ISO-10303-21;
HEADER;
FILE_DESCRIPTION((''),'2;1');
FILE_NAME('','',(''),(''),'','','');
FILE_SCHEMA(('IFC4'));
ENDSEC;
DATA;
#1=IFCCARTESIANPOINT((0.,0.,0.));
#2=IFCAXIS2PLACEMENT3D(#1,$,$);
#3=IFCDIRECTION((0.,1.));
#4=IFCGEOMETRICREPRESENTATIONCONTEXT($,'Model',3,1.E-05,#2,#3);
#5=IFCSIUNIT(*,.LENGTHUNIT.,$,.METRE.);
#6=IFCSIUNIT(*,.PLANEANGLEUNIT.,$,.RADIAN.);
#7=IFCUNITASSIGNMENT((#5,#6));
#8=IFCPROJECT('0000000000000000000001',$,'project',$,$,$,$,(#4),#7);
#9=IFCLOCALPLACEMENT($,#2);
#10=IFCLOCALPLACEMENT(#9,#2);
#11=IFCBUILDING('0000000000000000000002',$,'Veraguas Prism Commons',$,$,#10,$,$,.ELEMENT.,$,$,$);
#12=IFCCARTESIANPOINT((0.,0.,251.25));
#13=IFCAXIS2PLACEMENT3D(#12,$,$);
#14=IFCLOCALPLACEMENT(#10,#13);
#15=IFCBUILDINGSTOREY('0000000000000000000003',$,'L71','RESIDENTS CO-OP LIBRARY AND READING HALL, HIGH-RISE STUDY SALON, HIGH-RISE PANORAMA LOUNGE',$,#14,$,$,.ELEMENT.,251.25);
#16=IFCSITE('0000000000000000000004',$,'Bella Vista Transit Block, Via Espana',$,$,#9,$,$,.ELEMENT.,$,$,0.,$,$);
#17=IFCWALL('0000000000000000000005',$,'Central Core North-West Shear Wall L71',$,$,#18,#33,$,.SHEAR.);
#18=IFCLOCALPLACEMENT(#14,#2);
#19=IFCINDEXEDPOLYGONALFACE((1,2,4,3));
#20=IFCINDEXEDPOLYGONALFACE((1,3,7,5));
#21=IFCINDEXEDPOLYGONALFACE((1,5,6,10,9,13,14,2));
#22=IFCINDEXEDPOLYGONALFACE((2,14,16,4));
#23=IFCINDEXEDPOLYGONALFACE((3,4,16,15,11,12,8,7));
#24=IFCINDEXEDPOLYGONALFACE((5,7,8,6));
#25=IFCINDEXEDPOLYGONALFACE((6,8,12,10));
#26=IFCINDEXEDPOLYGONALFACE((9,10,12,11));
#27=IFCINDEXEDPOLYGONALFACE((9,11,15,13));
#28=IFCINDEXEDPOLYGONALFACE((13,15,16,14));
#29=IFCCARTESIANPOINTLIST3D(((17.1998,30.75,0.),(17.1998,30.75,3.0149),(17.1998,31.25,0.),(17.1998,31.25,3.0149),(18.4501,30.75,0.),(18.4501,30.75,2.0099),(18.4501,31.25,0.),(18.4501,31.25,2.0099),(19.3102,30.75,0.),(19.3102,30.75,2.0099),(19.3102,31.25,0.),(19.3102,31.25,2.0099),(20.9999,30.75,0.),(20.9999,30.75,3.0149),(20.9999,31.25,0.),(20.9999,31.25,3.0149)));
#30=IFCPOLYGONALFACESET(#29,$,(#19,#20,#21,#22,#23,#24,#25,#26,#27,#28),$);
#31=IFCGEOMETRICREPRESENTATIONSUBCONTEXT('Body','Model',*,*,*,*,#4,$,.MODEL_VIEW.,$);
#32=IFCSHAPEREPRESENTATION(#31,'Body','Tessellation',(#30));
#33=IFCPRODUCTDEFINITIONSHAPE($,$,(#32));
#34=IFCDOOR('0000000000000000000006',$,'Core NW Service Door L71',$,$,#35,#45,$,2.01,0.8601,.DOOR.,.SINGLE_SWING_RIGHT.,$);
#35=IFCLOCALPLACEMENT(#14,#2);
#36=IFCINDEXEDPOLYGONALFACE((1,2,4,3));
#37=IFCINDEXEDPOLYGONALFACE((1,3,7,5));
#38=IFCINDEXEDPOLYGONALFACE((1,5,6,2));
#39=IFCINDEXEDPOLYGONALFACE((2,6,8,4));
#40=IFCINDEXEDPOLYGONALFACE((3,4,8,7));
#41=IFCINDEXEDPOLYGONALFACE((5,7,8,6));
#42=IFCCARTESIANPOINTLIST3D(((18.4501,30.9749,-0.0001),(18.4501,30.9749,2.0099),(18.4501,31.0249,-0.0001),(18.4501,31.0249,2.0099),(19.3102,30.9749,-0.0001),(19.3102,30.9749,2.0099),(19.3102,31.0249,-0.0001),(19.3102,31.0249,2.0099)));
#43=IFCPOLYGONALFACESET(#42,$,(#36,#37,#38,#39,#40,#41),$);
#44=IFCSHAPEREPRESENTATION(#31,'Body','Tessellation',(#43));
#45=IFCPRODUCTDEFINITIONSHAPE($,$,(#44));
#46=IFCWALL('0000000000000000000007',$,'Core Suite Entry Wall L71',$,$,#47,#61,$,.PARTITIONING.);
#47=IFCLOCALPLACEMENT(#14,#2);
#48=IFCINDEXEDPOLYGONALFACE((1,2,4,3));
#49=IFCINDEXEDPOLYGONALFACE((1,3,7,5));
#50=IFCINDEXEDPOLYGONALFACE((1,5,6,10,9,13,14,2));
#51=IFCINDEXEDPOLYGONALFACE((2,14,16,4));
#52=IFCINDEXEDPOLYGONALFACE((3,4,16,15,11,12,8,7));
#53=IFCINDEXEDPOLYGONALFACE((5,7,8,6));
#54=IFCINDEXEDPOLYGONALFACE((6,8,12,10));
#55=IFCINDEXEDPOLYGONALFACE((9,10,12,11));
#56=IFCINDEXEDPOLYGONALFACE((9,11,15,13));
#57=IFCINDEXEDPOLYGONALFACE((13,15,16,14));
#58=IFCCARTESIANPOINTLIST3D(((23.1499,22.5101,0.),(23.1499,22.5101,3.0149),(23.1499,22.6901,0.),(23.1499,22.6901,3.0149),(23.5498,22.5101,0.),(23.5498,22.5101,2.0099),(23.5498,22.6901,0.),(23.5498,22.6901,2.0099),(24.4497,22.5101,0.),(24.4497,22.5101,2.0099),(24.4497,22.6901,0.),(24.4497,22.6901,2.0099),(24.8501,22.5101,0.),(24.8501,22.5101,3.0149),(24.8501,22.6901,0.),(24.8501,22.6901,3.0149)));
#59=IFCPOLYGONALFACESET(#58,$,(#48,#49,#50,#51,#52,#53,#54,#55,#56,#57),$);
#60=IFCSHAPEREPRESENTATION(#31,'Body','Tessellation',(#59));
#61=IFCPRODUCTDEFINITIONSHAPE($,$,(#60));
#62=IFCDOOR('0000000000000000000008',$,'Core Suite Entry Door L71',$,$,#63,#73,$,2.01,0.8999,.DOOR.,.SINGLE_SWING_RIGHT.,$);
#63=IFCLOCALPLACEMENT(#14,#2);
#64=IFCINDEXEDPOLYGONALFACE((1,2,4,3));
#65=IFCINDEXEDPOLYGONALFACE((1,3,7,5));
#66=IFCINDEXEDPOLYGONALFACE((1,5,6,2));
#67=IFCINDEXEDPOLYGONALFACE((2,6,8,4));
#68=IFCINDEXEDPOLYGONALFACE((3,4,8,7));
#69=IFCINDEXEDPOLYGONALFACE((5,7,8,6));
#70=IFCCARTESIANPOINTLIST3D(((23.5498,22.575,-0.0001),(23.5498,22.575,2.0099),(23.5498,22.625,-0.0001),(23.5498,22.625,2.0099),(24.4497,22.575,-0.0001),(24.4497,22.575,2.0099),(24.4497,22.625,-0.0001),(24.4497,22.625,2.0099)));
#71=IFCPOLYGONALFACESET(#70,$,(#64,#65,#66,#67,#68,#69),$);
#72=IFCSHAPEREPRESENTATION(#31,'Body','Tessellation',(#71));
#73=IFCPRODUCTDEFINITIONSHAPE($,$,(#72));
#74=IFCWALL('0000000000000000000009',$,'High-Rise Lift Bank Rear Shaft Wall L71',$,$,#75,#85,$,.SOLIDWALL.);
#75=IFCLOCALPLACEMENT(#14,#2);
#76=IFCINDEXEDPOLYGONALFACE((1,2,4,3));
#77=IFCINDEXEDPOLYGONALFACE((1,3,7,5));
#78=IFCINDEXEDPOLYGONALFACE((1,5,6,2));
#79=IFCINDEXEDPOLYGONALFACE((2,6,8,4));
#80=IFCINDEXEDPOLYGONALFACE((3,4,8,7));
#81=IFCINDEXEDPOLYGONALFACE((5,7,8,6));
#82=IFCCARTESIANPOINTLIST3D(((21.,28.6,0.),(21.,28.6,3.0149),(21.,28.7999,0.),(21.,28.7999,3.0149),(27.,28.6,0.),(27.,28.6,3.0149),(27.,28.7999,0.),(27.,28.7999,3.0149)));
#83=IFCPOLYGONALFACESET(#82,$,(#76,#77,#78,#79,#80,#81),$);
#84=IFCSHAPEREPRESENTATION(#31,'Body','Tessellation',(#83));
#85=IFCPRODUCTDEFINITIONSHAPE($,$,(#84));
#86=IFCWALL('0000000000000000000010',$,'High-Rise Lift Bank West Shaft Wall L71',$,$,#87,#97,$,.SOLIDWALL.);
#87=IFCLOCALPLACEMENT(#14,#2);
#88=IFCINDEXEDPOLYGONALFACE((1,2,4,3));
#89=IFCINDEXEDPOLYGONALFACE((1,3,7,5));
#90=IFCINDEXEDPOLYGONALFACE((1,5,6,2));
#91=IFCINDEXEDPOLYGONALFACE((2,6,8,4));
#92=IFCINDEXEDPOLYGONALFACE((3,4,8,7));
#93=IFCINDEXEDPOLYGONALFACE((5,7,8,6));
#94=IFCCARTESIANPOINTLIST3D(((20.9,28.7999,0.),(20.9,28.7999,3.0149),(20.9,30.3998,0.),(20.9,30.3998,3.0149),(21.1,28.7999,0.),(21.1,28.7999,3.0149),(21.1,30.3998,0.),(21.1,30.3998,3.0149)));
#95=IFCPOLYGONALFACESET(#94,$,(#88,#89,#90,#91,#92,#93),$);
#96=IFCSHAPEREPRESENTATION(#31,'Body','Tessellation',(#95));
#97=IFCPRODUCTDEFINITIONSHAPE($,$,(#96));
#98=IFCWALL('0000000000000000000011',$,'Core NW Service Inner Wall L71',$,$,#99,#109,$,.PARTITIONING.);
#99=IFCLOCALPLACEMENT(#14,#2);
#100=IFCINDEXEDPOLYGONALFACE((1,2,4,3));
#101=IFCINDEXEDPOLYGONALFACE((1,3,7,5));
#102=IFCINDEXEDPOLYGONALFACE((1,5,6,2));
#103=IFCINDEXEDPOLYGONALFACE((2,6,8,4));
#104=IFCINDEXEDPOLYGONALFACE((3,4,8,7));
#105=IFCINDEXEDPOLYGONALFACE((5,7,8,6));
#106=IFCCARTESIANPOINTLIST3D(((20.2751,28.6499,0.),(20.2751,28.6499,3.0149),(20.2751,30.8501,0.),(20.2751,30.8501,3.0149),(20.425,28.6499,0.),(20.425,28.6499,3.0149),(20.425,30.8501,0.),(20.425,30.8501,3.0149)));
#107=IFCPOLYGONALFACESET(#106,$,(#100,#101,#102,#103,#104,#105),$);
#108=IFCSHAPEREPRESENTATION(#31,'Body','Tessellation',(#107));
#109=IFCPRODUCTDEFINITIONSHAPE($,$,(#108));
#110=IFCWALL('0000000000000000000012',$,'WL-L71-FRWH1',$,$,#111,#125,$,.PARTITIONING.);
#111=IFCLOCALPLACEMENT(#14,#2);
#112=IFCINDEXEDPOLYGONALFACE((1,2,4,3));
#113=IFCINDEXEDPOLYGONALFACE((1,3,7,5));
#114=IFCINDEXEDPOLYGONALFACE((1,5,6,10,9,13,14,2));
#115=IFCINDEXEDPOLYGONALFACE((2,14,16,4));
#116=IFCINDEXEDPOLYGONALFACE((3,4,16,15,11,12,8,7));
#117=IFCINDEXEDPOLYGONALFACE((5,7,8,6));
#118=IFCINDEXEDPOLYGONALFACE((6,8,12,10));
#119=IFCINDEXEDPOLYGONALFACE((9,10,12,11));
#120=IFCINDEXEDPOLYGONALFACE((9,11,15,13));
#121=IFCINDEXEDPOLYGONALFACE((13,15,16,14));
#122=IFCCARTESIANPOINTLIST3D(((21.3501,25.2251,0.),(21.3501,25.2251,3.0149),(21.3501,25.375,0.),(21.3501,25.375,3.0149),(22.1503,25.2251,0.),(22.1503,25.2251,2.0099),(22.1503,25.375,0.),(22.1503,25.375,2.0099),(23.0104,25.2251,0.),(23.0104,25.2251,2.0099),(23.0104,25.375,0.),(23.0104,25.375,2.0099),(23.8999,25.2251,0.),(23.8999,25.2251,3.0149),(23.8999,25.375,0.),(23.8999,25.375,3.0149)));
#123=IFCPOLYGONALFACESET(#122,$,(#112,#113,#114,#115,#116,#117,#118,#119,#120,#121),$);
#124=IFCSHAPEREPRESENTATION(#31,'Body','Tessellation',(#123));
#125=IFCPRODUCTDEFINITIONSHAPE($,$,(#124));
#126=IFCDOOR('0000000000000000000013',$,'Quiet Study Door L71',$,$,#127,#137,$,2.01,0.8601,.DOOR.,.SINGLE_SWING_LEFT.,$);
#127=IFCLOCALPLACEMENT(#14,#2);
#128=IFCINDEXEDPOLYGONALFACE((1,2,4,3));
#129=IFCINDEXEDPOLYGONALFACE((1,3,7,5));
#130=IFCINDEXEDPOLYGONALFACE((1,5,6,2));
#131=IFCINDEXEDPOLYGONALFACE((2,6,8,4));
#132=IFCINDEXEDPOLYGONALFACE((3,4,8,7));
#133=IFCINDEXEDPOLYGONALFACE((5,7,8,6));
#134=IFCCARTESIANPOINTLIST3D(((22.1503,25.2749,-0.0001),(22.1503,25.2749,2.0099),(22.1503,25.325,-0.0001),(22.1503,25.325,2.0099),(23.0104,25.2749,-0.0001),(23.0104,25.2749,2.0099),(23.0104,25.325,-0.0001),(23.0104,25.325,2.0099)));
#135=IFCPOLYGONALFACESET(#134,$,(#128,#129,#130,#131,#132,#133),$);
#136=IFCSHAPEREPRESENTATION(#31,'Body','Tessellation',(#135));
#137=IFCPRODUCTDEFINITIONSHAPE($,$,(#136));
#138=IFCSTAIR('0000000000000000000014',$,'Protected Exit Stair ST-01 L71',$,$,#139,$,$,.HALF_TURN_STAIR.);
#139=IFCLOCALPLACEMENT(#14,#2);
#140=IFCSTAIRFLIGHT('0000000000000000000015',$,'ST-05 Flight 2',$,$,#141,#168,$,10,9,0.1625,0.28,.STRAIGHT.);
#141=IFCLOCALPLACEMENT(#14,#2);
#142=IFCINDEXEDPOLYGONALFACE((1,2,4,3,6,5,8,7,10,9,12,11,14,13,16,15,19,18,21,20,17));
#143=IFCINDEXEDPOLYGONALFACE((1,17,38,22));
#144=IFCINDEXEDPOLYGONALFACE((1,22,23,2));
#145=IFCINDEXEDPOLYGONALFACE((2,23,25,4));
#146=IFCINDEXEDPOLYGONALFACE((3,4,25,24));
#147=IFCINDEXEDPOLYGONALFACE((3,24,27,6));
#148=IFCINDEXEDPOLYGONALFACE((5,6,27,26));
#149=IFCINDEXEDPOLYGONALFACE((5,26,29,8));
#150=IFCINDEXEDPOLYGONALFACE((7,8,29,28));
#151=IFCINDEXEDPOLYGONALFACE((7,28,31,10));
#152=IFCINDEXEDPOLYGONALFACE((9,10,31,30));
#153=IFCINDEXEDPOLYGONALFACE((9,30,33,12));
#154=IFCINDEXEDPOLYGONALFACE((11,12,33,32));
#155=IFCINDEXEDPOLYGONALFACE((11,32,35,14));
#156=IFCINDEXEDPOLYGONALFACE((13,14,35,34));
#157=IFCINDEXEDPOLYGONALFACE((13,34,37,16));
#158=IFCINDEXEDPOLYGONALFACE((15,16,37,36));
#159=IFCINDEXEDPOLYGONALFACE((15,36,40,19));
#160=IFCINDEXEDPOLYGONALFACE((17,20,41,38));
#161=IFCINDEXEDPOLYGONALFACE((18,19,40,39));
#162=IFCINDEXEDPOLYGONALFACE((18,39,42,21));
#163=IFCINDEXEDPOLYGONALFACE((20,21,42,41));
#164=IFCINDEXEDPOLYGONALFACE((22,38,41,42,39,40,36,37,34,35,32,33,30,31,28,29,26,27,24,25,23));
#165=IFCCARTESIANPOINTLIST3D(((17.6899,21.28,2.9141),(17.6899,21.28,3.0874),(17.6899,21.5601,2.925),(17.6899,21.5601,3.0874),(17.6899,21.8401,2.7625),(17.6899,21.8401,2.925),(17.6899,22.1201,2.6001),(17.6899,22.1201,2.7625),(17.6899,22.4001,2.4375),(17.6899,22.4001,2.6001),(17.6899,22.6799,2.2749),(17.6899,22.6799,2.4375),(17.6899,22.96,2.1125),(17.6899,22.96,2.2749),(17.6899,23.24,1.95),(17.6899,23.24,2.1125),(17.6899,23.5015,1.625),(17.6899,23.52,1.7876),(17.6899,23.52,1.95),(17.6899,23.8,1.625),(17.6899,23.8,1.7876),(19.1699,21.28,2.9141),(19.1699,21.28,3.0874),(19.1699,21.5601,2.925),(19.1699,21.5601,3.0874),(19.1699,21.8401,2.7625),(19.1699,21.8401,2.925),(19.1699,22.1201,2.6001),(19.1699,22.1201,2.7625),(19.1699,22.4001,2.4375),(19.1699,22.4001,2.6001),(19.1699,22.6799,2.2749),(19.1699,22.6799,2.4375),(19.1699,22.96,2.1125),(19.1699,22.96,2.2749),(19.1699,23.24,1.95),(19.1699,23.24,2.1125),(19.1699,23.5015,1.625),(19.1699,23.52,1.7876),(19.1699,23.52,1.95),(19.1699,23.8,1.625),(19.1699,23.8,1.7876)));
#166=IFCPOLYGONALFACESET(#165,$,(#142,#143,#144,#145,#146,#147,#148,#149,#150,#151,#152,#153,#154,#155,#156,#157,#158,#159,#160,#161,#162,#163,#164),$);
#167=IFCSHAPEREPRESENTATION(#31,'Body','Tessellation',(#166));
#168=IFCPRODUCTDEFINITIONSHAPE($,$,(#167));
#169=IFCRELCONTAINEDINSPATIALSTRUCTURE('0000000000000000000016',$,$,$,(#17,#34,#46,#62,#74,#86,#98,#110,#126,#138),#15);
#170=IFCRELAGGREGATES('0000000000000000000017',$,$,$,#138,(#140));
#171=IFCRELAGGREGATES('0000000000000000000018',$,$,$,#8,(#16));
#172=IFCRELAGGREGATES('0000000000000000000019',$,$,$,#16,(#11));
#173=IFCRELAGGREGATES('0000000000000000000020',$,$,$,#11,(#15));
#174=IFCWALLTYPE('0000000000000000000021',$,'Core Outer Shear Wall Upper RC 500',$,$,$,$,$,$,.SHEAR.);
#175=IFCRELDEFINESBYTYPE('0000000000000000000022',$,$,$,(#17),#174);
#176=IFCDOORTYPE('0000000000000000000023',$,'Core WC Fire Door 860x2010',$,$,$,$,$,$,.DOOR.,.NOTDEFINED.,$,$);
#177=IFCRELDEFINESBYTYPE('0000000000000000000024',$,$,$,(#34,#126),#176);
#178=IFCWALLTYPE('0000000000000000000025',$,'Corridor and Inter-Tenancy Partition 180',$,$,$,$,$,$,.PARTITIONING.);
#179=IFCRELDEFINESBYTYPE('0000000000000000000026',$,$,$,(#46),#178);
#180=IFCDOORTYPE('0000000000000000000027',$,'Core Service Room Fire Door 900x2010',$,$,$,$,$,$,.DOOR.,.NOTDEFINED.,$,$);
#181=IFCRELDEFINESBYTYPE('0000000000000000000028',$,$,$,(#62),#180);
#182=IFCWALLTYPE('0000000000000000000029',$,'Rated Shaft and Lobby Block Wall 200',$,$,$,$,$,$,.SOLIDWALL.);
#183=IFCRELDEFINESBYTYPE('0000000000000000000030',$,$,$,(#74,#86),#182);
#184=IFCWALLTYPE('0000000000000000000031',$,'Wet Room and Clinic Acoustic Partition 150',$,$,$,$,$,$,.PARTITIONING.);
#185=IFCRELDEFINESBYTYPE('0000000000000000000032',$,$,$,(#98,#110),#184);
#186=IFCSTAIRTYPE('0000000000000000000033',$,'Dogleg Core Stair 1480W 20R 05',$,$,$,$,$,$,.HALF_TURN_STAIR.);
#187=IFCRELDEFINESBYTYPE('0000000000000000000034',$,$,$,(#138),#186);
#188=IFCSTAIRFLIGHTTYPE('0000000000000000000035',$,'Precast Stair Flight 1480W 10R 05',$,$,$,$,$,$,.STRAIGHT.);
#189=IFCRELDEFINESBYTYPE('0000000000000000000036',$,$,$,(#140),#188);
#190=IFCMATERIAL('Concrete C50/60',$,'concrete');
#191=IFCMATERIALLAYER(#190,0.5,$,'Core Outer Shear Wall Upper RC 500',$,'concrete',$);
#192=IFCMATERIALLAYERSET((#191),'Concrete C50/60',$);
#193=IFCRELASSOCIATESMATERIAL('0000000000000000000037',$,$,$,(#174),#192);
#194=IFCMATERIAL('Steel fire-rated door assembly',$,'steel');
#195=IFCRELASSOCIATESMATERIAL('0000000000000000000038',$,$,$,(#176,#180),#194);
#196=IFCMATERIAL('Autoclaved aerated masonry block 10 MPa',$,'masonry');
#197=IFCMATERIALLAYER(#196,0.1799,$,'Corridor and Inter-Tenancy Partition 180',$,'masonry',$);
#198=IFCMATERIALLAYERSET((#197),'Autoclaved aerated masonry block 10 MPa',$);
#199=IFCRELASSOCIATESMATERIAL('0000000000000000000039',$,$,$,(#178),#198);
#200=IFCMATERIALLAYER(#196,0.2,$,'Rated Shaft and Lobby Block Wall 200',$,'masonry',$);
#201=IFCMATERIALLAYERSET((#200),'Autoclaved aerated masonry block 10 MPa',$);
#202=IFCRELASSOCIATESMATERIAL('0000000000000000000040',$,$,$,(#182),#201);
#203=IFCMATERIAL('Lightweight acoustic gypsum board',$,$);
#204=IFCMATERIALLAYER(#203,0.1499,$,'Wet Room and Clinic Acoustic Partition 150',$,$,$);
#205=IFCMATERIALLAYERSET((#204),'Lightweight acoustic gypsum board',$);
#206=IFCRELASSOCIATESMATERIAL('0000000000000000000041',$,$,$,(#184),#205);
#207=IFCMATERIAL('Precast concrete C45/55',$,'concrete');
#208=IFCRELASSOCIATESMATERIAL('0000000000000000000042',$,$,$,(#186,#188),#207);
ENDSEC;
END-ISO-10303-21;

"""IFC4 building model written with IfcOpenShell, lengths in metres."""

from ifc_helpers import new_model, si_unit, direction, frame, frame_2d, origin, place, context, subcontext, project, spatial, polyline, rectangle, outline, extrude, source, transform, mapped, material, layer, layer_set, type_object, element, fill, aggregate, save


model = new_model("IFC4")

# Units and contexts
model_context = context("Model", 3, precision=1e-05, world=origin(), true_north=direction((0.0, 1.0)))
body_context = subcontext(model_context, "Body", "Model", "MODEL_VIEW")
ifc_project = project(units=[si_unit("LENGTHUNIT", "METRE"), si_unit("PLANEANGLEUNIT", "RADIAN")], contexts=[model_context])

# Site, building, storey
site_placement = place(None, origin())
site = spatial("IfcSite", under=ifc_project, at=site_placement, Name="Bella Vista Transit Block, Via Espana", CompositionType="ELEMENT", RefElevation=0.0)
building_placement = place(site_placement, origin())
building = spatial("IfcBuilding", under=site, at=building_placement, Name="Veraguas Prism Commons", CompositionType="ELEMENT")
storey_placement = place(building_placement, frame((0.0, 0.0, 251.25)))
storey = spatial("IfcBuildingStorey", under=building, at=storey_placement, Name="L71", Description="RESIDENTS CO-OP LIBRARY AND READING HALL, HIGH-RISE STUDY SALON, HIGH-RISE PANORAMA LOUNGE", CompositionType="ELEMENT", Elevation=251.25)

# Shared definitions
ifc_material_1 = material(Name="Concrete C50/60", Category="concrete")

# Walls, openings, doors
ifc_layer_1 = layer(ifc_material_1, 0.5, Name="Core Outer Shear Wall Upper RC 500", Category="concrete")
ifc_layer_set_1 = layer_set([ifc_layer_1], Name="Concrete C50/60")
wall_type_1 = type_object("IfcWallType", Name="Core Outer Shear Wall Upper RC 500", PredefinedType="SHEAR", material=ifc_layer_set_1)
wall_1_placement = place(storey_placement, frame((17.2, 31.0, 0.0), z_axis=(0.0, 0.0, 1.0), x_axis=(1.0, 0.0, 0.0)))
wall_1 = element("IfcWall", 1, at=wall_1_placement, inside=storey, type_object=wall_type_1, Name="Central Core North-West Shear Wall L71", PredefinedType="SHEAR", context=body_context, shape_type="SweptSolid", body=[
    extrude(rectangle(XDim=3.8, YDim=0.5, at=frame_2d((1.8999, 0.0))), origin(), (0.0, 0.0, 1.0), 3.0149),
])
opening_1_placement = place(wall_1_placement, frame((1.25, 0.0, 0.0)))
opening_1 = element("IfcOpeningElement", 2, at=opening_1_placement, cuts=wall_1, PredefinedType="OPENING", context=body_context, shape_type="SweptSolid", body=[
    extrude(rectangle(XDim=0.8601, YDim=2.01, at=frame_2d((0.4302, 1.0049))), frame((0.0, 0.26, 0.0), z_axis=(0.0, -1.0, 0.0), x_axis=(1.0, 0.0, 0.0)), (0.0, 0.0, 1.0), 0.52),
])
ifc_material_2 = material(Name="Steel fire-rated door assembly", Category="steel")
door_type_1 = type_object("IfcDoorType", Name="Core WC Fire Door 860x2010", OperationType="NOTDEFINED", PredefinedType="DOOR", material=ifc_material_2)
shared_shape_1 = source(origin(), body_context, "Body", "SweptSolid", [
    extrude(rectangle(XDim=0.8601, YDim=2.01, at=frame_2d((0.4302, 1.0049))), frame((0.0, 0.0249, 0.0), z_axis=(0.0, -1.0, 0.0), x_axis=(1.0, 0.0, 0.0)), (0.0, 0.0, 1.0), 0.05),
])
door_1_placement = place(opening_1_placement, origin())
door_1 = element("IfcDoor", 3, at=door_1_placement, inside=storey, type_object=door_type_1, Name="Core NW Service Door L71", OperationType="SINGLE_SWING_RIGHT", OverallHeight=2.01, OverallWidth=0.8601, PredefinedType="DOOR", context=body_context, shape_type="MappedRepresentation", body=[
    mapped(shared_shape_1, transform((0.0, 0.0, 0.0), scale=1.0)),
])
fill(opening_1, door_1)
ifc_material_3 = material(Name="Autoclaved aerated masonry block 10 MPa", Category="masonry")
ifc_layer_2 = layer(ifc_material_3, 0.1799, Name="Corridor and Inter-Tenancy Partition 180", Category="masonry")
ifc_layer_set_2 = layer_set([ifc_layer_2], Name="Autoclaved aerated masonry block 10 MPa")
wall_type_2 = type_object("IfcWallType", Name="Corridor and Inter-Tenancy Partition 180", PredefinedType="PARTITIONING", material=ifc_layer_set_2)
wall_2_placement = place(storey_placement, frame((23.1499, 22.6001, 0.0), z_axis=(0.0, 0.0, 1.0), x_axis=(1.0, 0.0, 0.0)))
wall_2 = element("IfcWall", 4, at=wall_2_placement, inside=storey, type_object=wall_type_2, Name="Core Suite Entry Wall L71", PredefinedType="PARTITIONING", context=body_context, shape_type="SweptSolid", body=[
    extrude(rectangle(XDim=1.7002, YDim=0.1799, at=frame_2d((0.8501, 0.0))), origin(), (0.0, 0.0, 1.0), 3.0149),
])
opening_2_placement = place(wall_2_placement, frame((0.3999, 0.0, 0.0)))
opening_2 = element("IfcOpeningElement", 5, at=opening_2_placement, cuts=wall_2, PredefinedType="OPENING", context=body_context, shape_type="SweptSolid", body=[
    extrude(rectangle(XDim=0.8999, YDim=2.01, at=frame_2d((0.45, 1.0049))), frame((0.0, 0.0999, 0.0), z_axis=(0.0, -1.0, 0.0), x_axis=(1.0, 0.0, 0.0)), (0.0, 0.0, 1.0), 0.2),
])
door_type_2 = type_object("IfcDoorType", Name="Core Service Room Fire Door 900x2010", OperationType="NOTDEFINED", PredefinedType="DOOR", material=ifc_material_2)
shared_shape_2 = source(origin(), body_context, "Body", "SweptSolid", [
    extrude(rectangle(XDim=0.8999, YDim=2.01, at=frame_2d((0.45, 1.0049))), frame((0.0, 0.0249, 0.0), z_axis=(0.0, -1.0, 0.0), x_axis=(1.0, 0.0, 0.0)), (0.0, 0.0, 1.0), 0.05),
])
door_2_placement = place(opening_2_placement, origin())
door_2 = element("IfcDoor", 6, at=door_2_placement, inside=storey, type_object=door_type_2, Name="Core Suite Entry Door L71", OperationType="SINGLE_SWING_RIGHT", OverallHeight=2.01, OverallWidth=0.8999, PredefinedType="DOOR", context=body_context, shape_type="MappedRepresentation", body=[
    mapped(shared_shape_2, transform((0.0, 0.0, 0.0), scale=1.0)),
])
fill(opening_2, door_2)

# Walls
ifc_layer_3 = layer(ifc_material_3, 0.2, Name="Rated Shaft and Lobby Block Wall 200", Category="masonry")
ifc_layer_set_3 = layer_set([ifc_layer_3], Name="Autoclaved aerated masonry block 10 MPa")
wall_type_3 = type_object("IfcWallType", Name="Rated Shaft and Lobby Block Wall 200", PredefinedType="SOLIDWALL", material=ifc_layer_set_3)
wall_3_placement = place(storey_placement, frame((21.0, 28.7, 0.0), z_axis=(0.0, 0.0, 1.0), x_axis=(1.0, 0.0, 0.0)))
element("IfcWall", 7, at=wall_3_placement, inside=storey, type_object=wall_type_3, Name="High-Rise Lift Bank Rear Shaft Wall L71", PredefinedType="SOLIDWALL", context=body_context, shape_type="SweptSolid", body=[
    extrude(rectangle(XDim=6.0, YDim=0.2, at=frame_2d((3.0, 0.0))), origin(), (0.0, 0.0, 1.0), 3.0149),
])
wall_4_placement = place(storey_placement, frame((21.0, 28.8, 0.0), z_axis=(0.0, 0.0, 1.0), x_axis=(0.0, 1.0, 0.0)))
element("IfcWall", 8, at=wall_4_placement, inside=storey, type_object=wall_type_3, Name="High-Rise Lift Bank West Shaft Wall L71", PredefinedType="SOLIDWALL", context=body_context, shape_type="SweptSolid", body=[
    extrude(rectangle(XDim=1.5999, YDim=0.2, at=frame_2d((0.7998, 0.0))), origin(), (0.0, 0.0, 1.0), 3.0149),
])
ifc_material_4 = material(Name="Lightweight acoustic gypsum board")
ifc_layer_4 = layer(ifc_material_4, 0.1499, Name="Wet Room and Clinic Acoustic Partition 150")
ifc_layer_set_4 = layer_set([ifc_layer_4], Name="Lightweight acoustic gypsum board")
wall_type_4 = type_object("IfcWallType", Name="Wet Room and Clinic Acoustic Partition 150", PredefinedType="PARTITIONING", material=ifc_layer_set_4)
wall_5_placement = place(storey_placement, frame((20.3501, 28.6499, 0.0), z_axis=(0.0, 0.0, 1.0), x_axis=(0.0, 1.0, 0.0)))
element("IfcWall", 9, at=wall_5_placement, inside=storey, type_object=wall_type_4, Name="Core NW Service Inner Wall L71", PredefinedType="PARTITIONING", context=body_context, shape_type="SweptSolid", body=[
    extrude(rectangle(XDim=2.2002, YDim=0.1499, at=frame_2d((1.1001, 0.0))), origin(), (0.0, 0.0, 1.0), 3.0149),
])

# Wall, opening, door
wall_6_placement = place(storey_placement, frame((21.3501, 25.3, 0.0), z_axis=(0.0, 0.0, 1.0), x_axis=(1.0, 0.0, 0.0)))
wall_6 = element("IfcWall", 10, at=wall_6_placement, inside=storey, type_object=wall_type_4, Name="WL-L71-FRWH1", PredefinedType="PARTITIONING", context=body_context, shape_type="SweptSolid", body=[
    extrude(rectangle(XDim=2.5498, YDim=0.1499, at=frame_2d((1.2749, 0.0))), origin(), (0.0, 0.0, 1.0), 3.0149),
])
opening_3_placement = place(wall_6_placement, frame((0.8, 0.0, 0.0)))
opening_3 = element("IfcOpeningElement", 11, at=opening_3_placement, cuts=wall_6, PredefinedType="OPENING", context=body_context, shape_type="SweptSolid", body=[
    extrude(rectangle(XDim=0.8601, YDim=2.01, at=frame_2d((0.4302, 1.0049))), frame((0.0, 0.085, 0.0), z_axis=(0.0, -1.0, 0.0), x_axis=(1.0, 0.0, 0.0)), (0.0, 0.0, 1.0), 0.1699),
])
door_3_placement = place(opening_3_placement, origin())
door_3 = element("IfcDoor", 12, at=door_3_placement, inside=storey, type_object=door_type_1, Name="Quiet Study Door L71", OperationType="SINGLE_SWING_LEFT", OverallHeight=2.01, OverallWidth=0.8601, PredefinedType="DOOR", context=body_context, shape_type="MappedRepresentation", body=[
    mapped(shared_shape_1, transform((0.0, 0.0, 0.0), scale=1.0)),
])
fill(opening_3, door_3)

# Stair, stair flight
ifc_material_5 = material(Name="Precast concrete C45/55", Category="concrete")
stair_type = type_object("IfcStairType", Name="Dogleg Core Stair 1480W 20R 05", PredefinedType="HALF_TURN_STAIR", material=ifc_material_5)
stair_placement = place(storey_placement, origin())
stair = element("IfcStair", 13, at=stair_placement, inside=storey, type_object=stair_type, Name="Protected Exit Stair ST-01 L71", PredefinedType="HALF_TURN_STAIR")
stair_flight_type = type_object("IfcStairFlightType", Name="Precast Stair Flight 1480W 10R 05", PredefinedType="STRAIGHT", material=ifc_material_5)
stair_flight_placement = place(storey_placement, frame((18.4299, 23.8, 1.625), z_axis=(0.0, 0.0, 1.0), x_axis=(0.0, -1.0, 0.0)))
stair_flight = element("IfcStairFlight", 14, at=stair_flight_placement, type_object=stair_flight_type, Name="ST-05 Flight 2", NumberOfRisers=10, NumberOfTreads=9, PredefinedType="STRAIGHT", RiserHeight=0.1625, TreadLength=0.28, context=body_context, shape_type="SweptSolid", body=[
    extrude(outline(polyline([(0.0, 0.0), (0.0, 0.1626), (0.28, 0.1626), (0.28, 0.325), (0.5601, 0.325), (0.5601, 0.4875), (0.8401, 0.4875), (0.8401, 0.6499), (1.1201, 0.6499), (1.1201, 0.8125), (1.3999, 0.8125), (1.3999, 0.9751), (1.6799, 0.9751), (1.6799, 1.1375), (1.96, 1.1375), (1.96, 1.3), (2.24, 1.3), (2.24, 1.4624), (2.52, 1.4624), (2.52, 1.625), (2.52, 1.2891), (0.2986, 0.0), (0.0, 0.0)])), frame((0.0, 0.74, 0.0), z_axis=(0.0, -1.0, 0.0), x_axis=(1.0, 0.0, 0.0)), (0.0, 0.0, 1.0), 1.48),
])
aggregate(stair, [stair_flight])

save(model, "model.ifc")
